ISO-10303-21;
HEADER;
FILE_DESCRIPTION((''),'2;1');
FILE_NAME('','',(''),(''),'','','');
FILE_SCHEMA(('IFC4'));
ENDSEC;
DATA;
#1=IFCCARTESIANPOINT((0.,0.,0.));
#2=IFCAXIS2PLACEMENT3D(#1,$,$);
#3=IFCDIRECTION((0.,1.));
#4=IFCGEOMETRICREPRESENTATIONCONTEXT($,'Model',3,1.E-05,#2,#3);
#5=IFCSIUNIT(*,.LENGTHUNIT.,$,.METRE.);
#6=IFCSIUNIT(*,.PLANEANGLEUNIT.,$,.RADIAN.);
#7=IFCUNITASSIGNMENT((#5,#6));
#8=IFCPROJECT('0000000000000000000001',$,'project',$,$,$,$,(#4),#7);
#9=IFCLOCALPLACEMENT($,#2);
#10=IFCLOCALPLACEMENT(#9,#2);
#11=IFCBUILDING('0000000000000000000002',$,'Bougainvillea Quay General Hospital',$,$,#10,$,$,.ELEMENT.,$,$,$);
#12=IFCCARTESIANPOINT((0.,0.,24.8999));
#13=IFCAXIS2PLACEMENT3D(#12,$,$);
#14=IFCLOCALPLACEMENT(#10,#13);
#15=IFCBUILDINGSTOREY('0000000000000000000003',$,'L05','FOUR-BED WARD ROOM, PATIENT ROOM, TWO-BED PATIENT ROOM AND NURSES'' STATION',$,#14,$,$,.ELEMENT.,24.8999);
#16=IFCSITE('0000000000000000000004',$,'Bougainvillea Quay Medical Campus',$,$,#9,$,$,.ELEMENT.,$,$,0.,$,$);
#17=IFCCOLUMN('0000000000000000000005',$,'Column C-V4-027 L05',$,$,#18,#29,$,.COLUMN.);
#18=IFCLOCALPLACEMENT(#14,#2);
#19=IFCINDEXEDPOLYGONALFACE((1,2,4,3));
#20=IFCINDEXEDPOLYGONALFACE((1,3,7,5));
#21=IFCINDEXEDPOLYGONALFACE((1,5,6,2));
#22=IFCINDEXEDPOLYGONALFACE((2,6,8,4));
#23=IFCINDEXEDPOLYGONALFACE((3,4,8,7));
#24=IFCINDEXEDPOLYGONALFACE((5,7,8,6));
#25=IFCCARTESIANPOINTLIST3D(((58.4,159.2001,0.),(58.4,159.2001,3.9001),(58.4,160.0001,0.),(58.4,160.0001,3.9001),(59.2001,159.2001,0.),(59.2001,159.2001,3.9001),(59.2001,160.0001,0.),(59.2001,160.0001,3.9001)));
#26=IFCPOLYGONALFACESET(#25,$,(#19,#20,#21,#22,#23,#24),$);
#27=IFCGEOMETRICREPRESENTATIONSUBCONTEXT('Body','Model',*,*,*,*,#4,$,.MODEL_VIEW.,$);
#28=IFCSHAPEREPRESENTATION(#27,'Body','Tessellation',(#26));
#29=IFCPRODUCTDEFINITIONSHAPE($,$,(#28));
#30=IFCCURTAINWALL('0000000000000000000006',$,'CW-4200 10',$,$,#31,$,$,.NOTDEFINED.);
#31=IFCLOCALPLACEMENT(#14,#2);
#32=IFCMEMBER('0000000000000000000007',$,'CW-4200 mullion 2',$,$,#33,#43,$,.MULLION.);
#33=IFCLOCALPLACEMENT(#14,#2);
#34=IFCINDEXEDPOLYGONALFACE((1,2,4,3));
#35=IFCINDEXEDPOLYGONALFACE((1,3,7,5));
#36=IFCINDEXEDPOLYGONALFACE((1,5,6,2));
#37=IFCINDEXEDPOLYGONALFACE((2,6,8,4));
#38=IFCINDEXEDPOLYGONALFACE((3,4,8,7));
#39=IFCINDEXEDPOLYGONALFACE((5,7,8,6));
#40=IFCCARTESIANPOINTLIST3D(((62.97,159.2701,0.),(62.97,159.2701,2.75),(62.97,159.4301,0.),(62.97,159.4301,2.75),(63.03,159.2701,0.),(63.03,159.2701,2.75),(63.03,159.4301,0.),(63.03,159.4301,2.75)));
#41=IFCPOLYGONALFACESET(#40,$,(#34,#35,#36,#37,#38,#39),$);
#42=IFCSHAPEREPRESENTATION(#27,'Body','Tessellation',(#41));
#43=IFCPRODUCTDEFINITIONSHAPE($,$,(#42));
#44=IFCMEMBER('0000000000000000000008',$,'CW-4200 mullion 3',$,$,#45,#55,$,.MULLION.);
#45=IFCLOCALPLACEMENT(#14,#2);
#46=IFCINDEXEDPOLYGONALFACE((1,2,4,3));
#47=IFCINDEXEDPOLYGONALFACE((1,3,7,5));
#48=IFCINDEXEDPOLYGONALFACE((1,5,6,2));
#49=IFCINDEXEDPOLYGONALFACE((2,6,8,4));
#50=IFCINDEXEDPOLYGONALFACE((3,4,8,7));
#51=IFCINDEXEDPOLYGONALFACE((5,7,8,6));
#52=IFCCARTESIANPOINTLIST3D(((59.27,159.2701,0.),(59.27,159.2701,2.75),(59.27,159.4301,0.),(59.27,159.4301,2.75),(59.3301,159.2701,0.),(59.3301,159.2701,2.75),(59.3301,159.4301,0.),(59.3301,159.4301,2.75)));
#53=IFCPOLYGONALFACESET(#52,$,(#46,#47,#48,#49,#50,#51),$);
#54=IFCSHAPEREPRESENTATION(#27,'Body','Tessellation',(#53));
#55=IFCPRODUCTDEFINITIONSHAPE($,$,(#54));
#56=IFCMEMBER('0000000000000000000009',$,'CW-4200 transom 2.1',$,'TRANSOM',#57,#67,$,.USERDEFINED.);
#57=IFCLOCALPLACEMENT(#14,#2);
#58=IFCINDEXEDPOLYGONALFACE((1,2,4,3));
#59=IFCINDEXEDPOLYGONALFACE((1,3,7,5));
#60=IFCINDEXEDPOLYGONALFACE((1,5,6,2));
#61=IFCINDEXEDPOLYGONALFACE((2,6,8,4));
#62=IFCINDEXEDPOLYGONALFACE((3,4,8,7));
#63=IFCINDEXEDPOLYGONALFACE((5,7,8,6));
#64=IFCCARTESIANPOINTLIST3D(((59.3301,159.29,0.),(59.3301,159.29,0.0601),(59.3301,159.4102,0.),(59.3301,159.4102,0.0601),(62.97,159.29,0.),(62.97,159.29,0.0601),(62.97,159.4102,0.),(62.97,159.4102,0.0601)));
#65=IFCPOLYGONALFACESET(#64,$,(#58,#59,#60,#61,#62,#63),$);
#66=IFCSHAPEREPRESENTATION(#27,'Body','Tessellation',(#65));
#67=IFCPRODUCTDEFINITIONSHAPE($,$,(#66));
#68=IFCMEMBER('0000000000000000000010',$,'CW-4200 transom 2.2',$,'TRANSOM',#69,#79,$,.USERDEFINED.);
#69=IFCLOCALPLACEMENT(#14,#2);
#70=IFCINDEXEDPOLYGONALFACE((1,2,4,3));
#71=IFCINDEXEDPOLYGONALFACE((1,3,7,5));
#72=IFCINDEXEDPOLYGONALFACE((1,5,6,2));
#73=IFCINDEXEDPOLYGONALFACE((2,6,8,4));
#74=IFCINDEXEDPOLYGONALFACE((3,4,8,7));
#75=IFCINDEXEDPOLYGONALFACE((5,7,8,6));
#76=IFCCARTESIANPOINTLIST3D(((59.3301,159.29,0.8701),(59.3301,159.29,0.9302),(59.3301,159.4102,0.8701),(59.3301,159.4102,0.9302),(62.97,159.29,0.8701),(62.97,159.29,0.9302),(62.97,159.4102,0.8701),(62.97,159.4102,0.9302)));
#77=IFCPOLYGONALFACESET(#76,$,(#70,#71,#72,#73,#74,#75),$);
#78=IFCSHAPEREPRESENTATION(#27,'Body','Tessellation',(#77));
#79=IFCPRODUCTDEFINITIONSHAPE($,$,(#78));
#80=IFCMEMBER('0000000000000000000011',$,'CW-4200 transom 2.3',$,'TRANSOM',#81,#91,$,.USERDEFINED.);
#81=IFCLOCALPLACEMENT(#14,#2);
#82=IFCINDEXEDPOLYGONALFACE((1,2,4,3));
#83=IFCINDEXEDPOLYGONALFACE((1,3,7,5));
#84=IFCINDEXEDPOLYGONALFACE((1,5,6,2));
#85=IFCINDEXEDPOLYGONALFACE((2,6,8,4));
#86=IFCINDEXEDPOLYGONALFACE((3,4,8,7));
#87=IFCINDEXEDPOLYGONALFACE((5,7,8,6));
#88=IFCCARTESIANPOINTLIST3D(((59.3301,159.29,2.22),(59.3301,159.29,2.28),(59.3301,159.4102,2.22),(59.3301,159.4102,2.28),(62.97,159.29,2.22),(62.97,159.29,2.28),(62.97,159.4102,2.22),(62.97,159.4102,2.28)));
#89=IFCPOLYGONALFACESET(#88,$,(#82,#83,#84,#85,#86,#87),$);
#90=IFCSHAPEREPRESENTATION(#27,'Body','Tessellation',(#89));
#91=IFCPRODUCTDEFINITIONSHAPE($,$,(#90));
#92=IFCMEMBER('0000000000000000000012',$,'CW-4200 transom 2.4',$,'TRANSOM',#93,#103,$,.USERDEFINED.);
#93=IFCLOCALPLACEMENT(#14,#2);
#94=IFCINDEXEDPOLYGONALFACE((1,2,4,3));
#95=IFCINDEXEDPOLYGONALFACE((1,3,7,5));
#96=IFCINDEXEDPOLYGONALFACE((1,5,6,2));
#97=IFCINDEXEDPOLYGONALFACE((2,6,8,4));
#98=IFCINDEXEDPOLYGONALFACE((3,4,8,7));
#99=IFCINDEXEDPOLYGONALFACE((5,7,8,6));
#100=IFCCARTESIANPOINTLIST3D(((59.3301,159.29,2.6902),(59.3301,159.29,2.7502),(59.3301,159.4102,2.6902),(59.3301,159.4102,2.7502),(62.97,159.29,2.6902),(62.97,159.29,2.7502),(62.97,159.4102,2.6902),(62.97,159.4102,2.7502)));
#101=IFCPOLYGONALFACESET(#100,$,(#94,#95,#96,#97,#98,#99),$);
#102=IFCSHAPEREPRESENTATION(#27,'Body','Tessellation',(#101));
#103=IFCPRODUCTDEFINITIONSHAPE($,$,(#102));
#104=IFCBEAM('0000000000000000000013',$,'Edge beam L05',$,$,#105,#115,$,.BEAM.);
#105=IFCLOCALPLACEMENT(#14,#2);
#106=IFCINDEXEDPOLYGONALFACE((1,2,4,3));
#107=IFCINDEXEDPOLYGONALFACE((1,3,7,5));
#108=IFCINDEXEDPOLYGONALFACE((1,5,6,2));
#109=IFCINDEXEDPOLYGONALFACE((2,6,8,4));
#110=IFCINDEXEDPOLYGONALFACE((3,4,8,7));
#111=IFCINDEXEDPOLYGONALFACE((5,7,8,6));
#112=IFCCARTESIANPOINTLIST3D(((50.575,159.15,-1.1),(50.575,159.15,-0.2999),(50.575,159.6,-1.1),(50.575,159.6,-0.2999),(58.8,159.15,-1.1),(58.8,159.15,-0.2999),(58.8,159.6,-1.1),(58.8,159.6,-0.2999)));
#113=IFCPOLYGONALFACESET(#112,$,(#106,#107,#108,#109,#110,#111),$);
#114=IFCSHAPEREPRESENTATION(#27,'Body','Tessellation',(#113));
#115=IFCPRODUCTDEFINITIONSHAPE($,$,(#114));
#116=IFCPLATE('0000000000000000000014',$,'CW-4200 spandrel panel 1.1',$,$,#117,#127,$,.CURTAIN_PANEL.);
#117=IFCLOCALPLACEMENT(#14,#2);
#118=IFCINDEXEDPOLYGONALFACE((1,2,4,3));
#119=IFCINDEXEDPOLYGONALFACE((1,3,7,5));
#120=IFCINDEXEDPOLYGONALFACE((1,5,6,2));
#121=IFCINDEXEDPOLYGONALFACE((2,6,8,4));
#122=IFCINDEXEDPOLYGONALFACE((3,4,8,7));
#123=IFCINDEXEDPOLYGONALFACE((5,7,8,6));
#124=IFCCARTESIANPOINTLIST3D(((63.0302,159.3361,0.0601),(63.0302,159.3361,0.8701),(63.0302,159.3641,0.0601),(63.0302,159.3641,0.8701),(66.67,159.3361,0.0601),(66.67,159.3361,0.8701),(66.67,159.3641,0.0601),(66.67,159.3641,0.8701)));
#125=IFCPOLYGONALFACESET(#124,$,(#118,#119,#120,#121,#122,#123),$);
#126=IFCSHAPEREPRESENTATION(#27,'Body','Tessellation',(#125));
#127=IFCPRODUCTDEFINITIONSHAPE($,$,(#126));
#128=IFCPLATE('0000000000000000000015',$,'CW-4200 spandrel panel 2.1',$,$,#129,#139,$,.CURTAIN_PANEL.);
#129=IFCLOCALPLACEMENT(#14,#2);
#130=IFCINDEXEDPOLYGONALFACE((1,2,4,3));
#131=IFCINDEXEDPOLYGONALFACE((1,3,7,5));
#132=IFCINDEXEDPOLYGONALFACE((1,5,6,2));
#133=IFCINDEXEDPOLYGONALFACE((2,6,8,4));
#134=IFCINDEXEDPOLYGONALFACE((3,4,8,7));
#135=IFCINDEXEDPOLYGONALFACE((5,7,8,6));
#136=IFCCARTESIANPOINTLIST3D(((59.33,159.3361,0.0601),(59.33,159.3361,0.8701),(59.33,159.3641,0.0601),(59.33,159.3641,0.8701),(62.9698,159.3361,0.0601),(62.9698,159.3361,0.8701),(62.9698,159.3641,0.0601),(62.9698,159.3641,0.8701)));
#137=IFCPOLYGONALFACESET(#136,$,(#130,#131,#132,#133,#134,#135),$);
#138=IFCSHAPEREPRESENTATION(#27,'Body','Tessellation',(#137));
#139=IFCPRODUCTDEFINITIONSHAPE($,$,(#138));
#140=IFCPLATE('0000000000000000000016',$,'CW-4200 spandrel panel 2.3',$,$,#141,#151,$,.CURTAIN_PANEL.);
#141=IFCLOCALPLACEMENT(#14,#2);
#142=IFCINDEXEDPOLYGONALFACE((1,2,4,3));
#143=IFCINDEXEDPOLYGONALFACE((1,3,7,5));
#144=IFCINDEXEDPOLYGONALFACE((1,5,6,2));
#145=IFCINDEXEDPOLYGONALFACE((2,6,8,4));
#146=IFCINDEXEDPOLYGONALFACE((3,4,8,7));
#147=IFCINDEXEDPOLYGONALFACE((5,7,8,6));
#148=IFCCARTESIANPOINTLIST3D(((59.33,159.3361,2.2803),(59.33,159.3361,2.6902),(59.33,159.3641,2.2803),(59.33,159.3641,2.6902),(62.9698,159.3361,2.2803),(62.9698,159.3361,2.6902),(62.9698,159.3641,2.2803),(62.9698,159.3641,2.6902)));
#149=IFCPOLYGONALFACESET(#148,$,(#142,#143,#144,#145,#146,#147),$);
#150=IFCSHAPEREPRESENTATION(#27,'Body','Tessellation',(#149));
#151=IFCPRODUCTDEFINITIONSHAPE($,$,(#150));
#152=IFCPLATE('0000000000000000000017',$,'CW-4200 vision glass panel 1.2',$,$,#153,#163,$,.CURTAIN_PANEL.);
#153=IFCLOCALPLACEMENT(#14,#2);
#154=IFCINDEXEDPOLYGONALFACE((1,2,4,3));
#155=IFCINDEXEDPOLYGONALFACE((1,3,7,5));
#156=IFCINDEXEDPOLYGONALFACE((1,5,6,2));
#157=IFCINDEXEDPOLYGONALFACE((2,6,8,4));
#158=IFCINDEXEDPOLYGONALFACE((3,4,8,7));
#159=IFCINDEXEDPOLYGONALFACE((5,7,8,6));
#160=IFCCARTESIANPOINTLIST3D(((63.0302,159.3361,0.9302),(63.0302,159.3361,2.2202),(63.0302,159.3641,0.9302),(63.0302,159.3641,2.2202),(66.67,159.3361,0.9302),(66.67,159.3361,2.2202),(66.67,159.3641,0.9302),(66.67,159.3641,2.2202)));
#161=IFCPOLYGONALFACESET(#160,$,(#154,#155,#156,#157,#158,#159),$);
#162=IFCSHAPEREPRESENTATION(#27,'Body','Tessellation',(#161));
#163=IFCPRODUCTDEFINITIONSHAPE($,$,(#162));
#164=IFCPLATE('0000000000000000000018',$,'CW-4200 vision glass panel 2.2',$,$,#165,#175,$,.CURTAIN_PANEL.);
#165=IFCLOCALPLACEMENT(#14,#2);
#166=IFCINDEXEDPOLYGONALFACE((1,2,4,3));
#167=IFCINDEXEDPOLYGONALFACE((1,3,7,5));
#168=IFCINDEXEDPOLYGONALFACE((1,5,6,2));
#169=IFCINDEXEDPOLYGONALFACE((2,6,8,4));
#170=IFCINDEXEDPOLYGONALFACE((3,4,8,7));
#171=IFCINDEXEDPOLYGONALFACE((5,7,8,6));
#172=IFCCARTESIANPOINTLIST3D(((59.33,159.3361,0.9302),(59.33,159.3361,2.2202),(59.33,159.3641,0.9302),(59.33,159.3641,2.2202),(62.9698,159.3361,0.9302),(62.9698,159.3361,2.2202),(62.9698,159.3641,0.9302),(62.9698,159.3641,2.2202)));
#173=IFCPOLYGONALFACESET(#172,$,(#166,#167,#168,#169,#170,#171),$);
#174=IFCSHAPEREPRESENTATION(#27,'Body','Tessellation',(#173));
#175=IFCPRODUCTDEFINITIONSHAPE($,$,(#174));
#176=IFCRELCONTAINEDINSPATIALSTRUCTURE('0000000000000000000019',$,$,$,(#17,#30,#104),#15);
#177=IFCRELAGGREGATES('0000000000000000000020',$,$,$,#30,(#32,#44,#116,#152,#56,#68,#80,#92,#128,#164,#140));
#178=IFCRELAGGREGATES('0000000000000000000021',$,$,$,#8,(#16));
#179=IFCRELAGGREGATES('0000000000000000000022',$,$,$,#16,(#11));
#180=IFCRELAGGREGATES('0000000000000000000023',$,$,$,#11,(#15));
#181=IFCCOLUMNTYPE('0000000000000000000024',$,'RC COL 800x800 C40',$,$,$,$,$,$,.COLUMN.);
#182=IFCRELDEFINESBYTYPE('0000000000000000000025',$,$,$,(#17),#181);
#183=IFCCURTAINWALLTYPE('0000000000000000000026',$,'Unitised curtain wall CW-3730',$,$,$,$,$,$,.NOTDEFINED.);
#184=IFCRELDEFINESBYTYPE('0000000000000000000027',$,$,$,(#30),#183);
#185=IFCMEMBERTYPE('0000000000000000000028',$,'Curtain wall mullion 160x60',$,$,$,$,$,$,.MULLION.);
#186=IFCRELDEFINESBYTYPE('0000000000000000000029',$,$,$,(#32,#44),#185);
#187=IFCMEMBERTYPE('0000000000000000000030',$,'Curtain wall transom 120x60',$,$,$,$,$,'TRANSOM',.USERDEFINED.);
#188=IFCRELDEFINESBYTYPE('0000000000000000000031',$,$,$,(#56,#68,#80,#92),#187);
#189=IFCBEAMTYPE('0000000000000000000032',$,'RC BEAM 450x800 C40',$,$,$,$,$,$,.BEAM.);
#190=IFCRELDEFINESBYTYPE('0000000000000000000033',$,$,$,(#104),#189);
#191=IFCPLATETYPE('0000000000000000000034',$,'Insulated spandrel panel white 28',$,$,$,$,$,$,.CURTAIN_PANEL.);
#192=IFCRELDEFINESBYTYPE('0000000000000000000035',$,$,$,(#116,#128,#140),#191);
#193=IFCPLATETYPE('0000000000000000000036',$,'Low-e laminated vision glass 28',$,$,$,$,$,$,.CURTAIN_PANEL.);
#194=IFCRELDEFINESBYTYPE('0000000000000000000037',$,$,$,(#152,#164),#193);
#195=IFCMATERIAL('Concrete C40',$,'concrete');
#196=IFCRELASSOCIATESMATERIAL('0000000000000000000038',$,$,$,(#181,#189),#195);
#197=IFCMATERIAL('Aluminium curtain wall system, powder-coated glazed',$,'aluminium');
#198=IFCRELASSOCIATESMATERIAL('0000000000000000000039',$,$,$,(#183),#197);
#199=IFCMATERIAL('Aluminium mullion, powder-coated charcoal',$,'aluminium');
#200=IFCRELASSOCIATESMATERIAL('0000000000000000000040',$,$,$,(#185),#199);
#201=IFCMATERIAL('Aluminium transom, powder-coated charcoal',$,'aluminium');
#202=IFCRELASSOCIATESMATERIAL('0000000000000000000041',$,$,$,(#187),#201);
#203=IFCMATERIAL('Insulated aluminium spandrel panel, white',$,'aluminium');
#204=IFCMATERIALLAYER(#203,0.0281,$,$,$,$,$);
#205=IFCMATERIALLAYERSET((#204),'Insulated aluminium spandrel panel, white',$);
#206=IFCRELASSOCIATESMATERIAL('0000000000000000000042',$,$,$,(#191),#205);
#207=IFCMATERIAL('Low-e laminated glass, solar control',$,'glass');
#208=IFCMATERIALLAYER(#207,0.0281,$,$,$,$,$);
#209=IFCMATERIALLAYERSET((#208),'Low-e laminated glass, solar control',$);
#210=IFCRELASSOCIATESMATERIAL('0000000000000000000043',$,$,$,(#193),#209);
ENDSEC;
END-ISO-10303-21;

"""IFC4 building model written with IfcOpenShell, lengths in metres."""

from ifc_helpers import new_model, si_unit, direction, frame, origin, origin_2d, place, context, subcontext, project, spatial, rectangle, extrude, material, layer, layer_set, material_profile, profile_set, type_object, element, aggregate, save


model = new_model("IFC4")

# Units and contexts
model_context = context("Model", 3, precision=1e-05, world=origin(), true_north=direction((0.0, 1.0)))
body_context = subcontext(model_context, "Body", "Model", "MODEL_VIEW")
ifc_project = project(units=[si_unit("LENGTHUNIT", "METRE"), si_unit("PLANEANGLEUNIT", "RADIAN")], contexts=[model_context])

# Site, building, storey
site_placement = place(None, origin())
site = spatial("IfcSite", under=ifc_project, at=site_placement, Name="Bougainvillea Quay Medical Campus", CompositionType="ELEMENT", RefElevation=0.0)
building_placement = place(site_placement, origin())
building = spatial("IfcBuilding", under=site, at=building_placement, Name="Bougainvillea Quay General Hospital", CompositionType="ELEMENT")
storey_placement = place(building_placement, frame((0.0, 0.0, 24.8999)))
storey = spatial("IfcBuildingStorey", under=building, at=storey_placement, Name="L05", Description="FOUR-BED WARD ROOM, PATIENT ROOM, TWO-BED PATIENT ROOM AND NURSES' STATION", CompositionType="ELEMENT", Elevation=24.8999)

# Column
ifc_material_1 = material(Name="Concrete C40", Category="concrete")
ifc_material_profile_1 = material_profile(ifc_material_1, rectangle(XDim=0.8, YDim=0.8, at=origin_2d()))
ifc_profile_set_1 = profile_set([ifc_material_profile_1], Name="Concrete C40")
column_type = type_object("IfcColumnType", Name="RC COL 800x800 C40", PredefinedType="COLUMN", material=ifc_profile_set_1)
column_placement = place(storey_placement, frame((58.8, 159.6001, 0.0), z_axis=(0.0, 0.0, 1.0), x_axis=(1.0, 0.0, 0.0)))
element("IfcColumn", 1, at=column_placement, inside=storey, type_object=column_type, Name="Column C-V4-027 L05", PredefinedType="COLUMN", context=body_context, shape_type="SweptSolid", body=[
    extrude(rectangle(XDim=0.8, YDim=0.8, at=origin_2d()), origin(), (0.0, 0.0, 1.0), 3.9001),
])

# Curtain wall, members
ifc_material_2 = material(Name="Aluminium curtain wall system, powder-coated glazed", Category="aluminium")
curtain_wall_type = type_object("IfcCurtainWallType", Name="Unitised curtain wall CW-3730", PredefinedType="NOTDEFINED", material=ifc_material_2)
curtain_wall_placement = place(storey_placement, origin())
curtain_wall = element("IfcCurtainWall", 2, at=curtain_wall_placement, inside=storey, type_object=curtain_wall_type, Name="CW-4200 10", PredefinedType="NOTDEFINED")
ifc_material_3 = material(Name="Aluminium mullion, powder-coated charcoal", Category="aluminium")
ifc_material_profile_2 = material_profile(ifc_material_3, rectangle(XDim=0.1599, YDim=0.0601, at=origin_2d()))
ifc_profile_set_2 = profile_set([ifc_material_profile_2], Name="Aluminium mullion, powder-coated charcoal")
member_type_1 = type_object("IfcMemberType", Name="Curtain wall mullion 160x60", PredefinedType="MULLION", material=ifc_profile_set_2)
member_1_placement = place(storey_placement, frame((63.0, 159.3501, 0.0), z_axis=(0.0, 0.0, 1.0), x_axis=(0.0, -1.0, 0.0)))
member_1 = element("IfcMember", 3, at=member_1_placement, type_object=member_type_1, Name="CW-4200 mullion 2", PredefinedType="MULLION", context=body_context, shape_type="SweptSolid", body=[
    extrude(rectangle(XDim=0.1599, YDim=0.0601, at=origin_2d()), origin(), (0.0, 0.0, 1.0), 2.75),
])
member_2_placement = place(storey_placement, frame((59.3, 159.3501, 0.0), z_axis=(0.0, 0.0, 1.0), x_axis=(0.0, -1.0, 0.0)))
member_2 = element("IfcMember", 4, at=member_2_placement, type_object=member_type_1, Name="CW-4200 mullion 3", PredefinedType="MULLION", context=body_context, shape_type="SweptSolid", body=[
    extrude(rectangle(XDim=0.1599, YDim=0.0601, at=origin_2d()), origin(), (0.0, 0.0, 1.0), 2.75),
])
ifc_material_4 = material(Name="Aluminium transom, powder-coated charcoal", Category="aluminium")
ifc_material_profile_3 = material_profile(ifc_material_4, rectangle(XDim=0.1201, YDim=0.0601, at=origin_2d()))
ifc_profile_set_3 = profile_set([ifc_material_profile_3], Name="Aluminium transom, powder-coated charcoal")
member_type_2 = type_object("IfcMemberType", Name="Curtain wall transom 120x60", ElementType="TRANSOM", PredefinedType="USERDEFINED", material=ifc_profile_set_3)
member_3_placement = place(storey_placement, frame((62.97, 159.3501, 0.03), z_axis=(-1.0, 0.0, 0.0), x_axis=(0.0, -1.0, 0.0)))
member_3 = element("IfcMember", 5, at=member_3_placement, type_object=member_type_2, Name="CW-4200 transom 2.1", ObjectType="TRANSOM", PredefinedType="USERDEFINED", context=body_context, shape_type="SweptSolid", body=[
    extrude(rectangle(XDim=0.1201, YDim=0.0601, at=origin_2d()), origin(), (0.0, 0.0, 1.0), 3.6399),
])
member_4_placement = place(storey_placement, frame((62.97, 159.3501, 0.9001), z_axis=(-1.0, 0.0, 0.0), x_axis=(0.0, -1.0, 0.0)))
member_4 = element("IfcMember", 6, at=member_4_placement, type_object=member_type_2, Name="CW-4200 transom 2.2", ObjectType="TRANSOM", PredefinedType="USERDEFINED", context=body_context, shape_type="SweptSolid", body=[
    extrude(rectangle(XDim=0.1201, YDim=0.0601, at=origin_2d()), origin(), (0.0, 0.0, 1.0), 3.6399),
])
member_5_placement = place(storey_placement, frame((62.97, 159.3501, 2.25), z_axis=(-1.0, 0.0, 0.0), x_axis=(0.0, -1.0, 0.0)))
member_5 = element("IfcMember", 7, at=member_5_placement, type_object=member_type_2, Name="CW-4200 transom 2.3", ObjectType="TRANSOM", PredefinedType="USERDEFINED", context=body_context, shape_type="SweptSolid", body=[
    extrude(rectangle(XDim=0.1201, YDim=0.0601, at=origin_2d()), origin(), (0.0, 0.0, 1.0), 3.6399),
])
member_6_placement = place(storey_placement, frame((62.97, 159.3501, 2.7202), z_axis=(-1.0, 0.0, 0.0), x_axis=(0.0, -1.0, 0.0)))
member_6 = element("IfcMember", 8, at=member_6_placement, type_object=member_type_2, Name="CW-4200 transom 2.4", ObjectType="TRANSOM", PredefinedType="USERDEFINED", context=body_context, shape_type="SweptSolid", body=[
    extrude(rectangle(XDim=0.1201, YDim=0.0601, at=origin_2d()), origin(), (0.0, 0.0, 1.0), 3.6399),
])

# Beam
ifc_material_profile_4 = material_profile(ifc_material_1, rectangle(XDim=0.45, YDim=0.8, at=origin_2d()))
ifc_profile_set_4 = profile_set([ifc_material_profile_4], Name="Concrete C40")
beam_type = type_object("IfcBeamType", Name="RC BEAM 450x800 C40", PredefinedType="BEAM", material=ifc_profile_set_4)
beam_placement = place(storey_placement, frame((58.8, 159.375, -0.7), z_axis=(-1.0, 0.0, 0.0), x_axis=(0.0, -1.0, 0.0)))
element("IfcBeam", 9, at=beam_placement, inside=storey, type_object=beam_type, Name="Edge beam L05", PredefinedType="BEAM", context=body_context, shape_type="SweptSolid", body=[
    extrude(rectangle(XDim=0.45, YDim=0.8, at=origin_2d()), origin(), (0.0, 0.0, 1.0), 8.2251),
])

# Plates
ifc_material_5 = material(Name="Insulated aluminium spandrel panel, white", Category="aluminium")
ifc_layer_1 = layer(ifc_material_5, 0.0281)
ifc_layer_set_1 = layer_set([ifc_layer_1], Name="Insulated aluminium spandrel panel, white")
plate_type_1 = type_object("IfcPlateType", Name="Insulated spandrel panel white 28", PredefinedType="CURTAIN_PANEL", material=ifc_layer_set_1)
plate_1_placement = place(storey_placement, frame((64.8501, 159.3501, 0.0601), z_axis=(0.0, 0.0, 1.0), x_axis=(-1.0, 0.0, 0.0)))
plate_1 = element("IfcPlate", 10, at=plate_1_placement, type_object=plate_type_1, Name="CW-4200 spandrel panel 1.1", PredefinedType="CURTAIN_PANEL", context=body_context, shape_type="SweptSolid", body=[
    extrude(rectangle(XDim=3.6399, YDim=0.0281, at=origin_2d()), origin(), (0.0, 0.0, 1.0), 0.8101),
])
plate_2_placement = place(storey_placement, frame((61.1499, 159.3501, 0.0601), z_axis=(0.0, 0.0, 1.0), x_axis=(-1.0, 0.0, 0.0)))
plate_2 = element("IfcPlate", 11, at=plate_2_placement, type_object=plate_type_1, Name="CW-4200 spandrel panel 2.1", PredefinedType="CURTAIN_PANEL", context=body_context, shape_type="SweptSolid", body=[
    extrude(rectangle(XDim=3.6399, YDim=0.0281, at=origin_2d()), origin(), (0.0, 0.0, 1.0), 0.8101),
])
plate_3_placement = place(storey_placement, frame((61.1499, 159.3501, 2.2803), z_axis=(0.0, 0.0, 1.0), x_axis=(-1.0, 0.0, 0.0)))
plate_3 = element("IfcPlate", 12, at=plate_3_placement, type_object=plate_type_1, Name="CW-4200 spandrel panel 2.3", PredefinedType="CURTAIN_PANEL", context=body_context, shape_type="SweptSolid", body=[
    extrude(rectangle(XDim=3.6399, YDim=0.0281, at=origin_2d()), origin(), (0.0, 0.0, 1.0), 0.4099),
])
ifc_material_6 = material(Name="Low-e laminated glass, solar control", Category="glass")
ifc_layer_2 = layer(ifc_material_6, 0.0281)
ifc_layer_set_2 = layer_set([ifc_layer_2], Name="Low-e laminated glass, solar control")
plate_type_2 = type_object("IfcPlateType", Name="Low-e laminated vision glass 28", PredefinedType="CURTAIN_PANEL", material=ifc_layer_set_2)
plate_4_placement = place(storey_placement, frame((64.8501, 159.3501, 0.9302), z_axis=(0.0, 0.0, 1.0), x_axis=(-1.0, 0.0, 0.0)))
plate_4 = element("IfcPlate", 13, at=plate_4_placement, type_object=plate_type_2, Name="CW-4200 vision glass panel 1.2", PredefinedType="CURTAIN_PANEL", context=body_context, shape_type="SweptSolid", body=[
    extrude(rectangle(XDim=3.6399, YDim=0.0281, at=origin_2d()), origin(), (0.0, 0.0, 1.0), 1.29),
])
plate_5_placement = place(storey_placement, frame((61.1499, 159.3501, 0.9302), z_axis=(0.0, 0.0, 1.0), x_axis=(-1.0, 0.0, 0.0)))
plate_5 = element("IfcPlate", 14, at=plate_5_placement, type_object=plate_type_2, Name="CW-4200 vision glass panel 2.2", PredefinedType="CURTAIN_PANEL", context=body_context, shape_type="SweptSolid", body=[
    extrude(rectangle(XDim=3.6399, YDim=0.0281, at=origin_2d()), origin(), (0.0, 0.0, 1.0), 1.29),
])
aggregate(curtain_wall, [member_1, member_2, plate_1, plate_4, member_3, member_4, member_5, member_6, plate_2, plate_5, plate_3])

save(model, "model.ifc")
